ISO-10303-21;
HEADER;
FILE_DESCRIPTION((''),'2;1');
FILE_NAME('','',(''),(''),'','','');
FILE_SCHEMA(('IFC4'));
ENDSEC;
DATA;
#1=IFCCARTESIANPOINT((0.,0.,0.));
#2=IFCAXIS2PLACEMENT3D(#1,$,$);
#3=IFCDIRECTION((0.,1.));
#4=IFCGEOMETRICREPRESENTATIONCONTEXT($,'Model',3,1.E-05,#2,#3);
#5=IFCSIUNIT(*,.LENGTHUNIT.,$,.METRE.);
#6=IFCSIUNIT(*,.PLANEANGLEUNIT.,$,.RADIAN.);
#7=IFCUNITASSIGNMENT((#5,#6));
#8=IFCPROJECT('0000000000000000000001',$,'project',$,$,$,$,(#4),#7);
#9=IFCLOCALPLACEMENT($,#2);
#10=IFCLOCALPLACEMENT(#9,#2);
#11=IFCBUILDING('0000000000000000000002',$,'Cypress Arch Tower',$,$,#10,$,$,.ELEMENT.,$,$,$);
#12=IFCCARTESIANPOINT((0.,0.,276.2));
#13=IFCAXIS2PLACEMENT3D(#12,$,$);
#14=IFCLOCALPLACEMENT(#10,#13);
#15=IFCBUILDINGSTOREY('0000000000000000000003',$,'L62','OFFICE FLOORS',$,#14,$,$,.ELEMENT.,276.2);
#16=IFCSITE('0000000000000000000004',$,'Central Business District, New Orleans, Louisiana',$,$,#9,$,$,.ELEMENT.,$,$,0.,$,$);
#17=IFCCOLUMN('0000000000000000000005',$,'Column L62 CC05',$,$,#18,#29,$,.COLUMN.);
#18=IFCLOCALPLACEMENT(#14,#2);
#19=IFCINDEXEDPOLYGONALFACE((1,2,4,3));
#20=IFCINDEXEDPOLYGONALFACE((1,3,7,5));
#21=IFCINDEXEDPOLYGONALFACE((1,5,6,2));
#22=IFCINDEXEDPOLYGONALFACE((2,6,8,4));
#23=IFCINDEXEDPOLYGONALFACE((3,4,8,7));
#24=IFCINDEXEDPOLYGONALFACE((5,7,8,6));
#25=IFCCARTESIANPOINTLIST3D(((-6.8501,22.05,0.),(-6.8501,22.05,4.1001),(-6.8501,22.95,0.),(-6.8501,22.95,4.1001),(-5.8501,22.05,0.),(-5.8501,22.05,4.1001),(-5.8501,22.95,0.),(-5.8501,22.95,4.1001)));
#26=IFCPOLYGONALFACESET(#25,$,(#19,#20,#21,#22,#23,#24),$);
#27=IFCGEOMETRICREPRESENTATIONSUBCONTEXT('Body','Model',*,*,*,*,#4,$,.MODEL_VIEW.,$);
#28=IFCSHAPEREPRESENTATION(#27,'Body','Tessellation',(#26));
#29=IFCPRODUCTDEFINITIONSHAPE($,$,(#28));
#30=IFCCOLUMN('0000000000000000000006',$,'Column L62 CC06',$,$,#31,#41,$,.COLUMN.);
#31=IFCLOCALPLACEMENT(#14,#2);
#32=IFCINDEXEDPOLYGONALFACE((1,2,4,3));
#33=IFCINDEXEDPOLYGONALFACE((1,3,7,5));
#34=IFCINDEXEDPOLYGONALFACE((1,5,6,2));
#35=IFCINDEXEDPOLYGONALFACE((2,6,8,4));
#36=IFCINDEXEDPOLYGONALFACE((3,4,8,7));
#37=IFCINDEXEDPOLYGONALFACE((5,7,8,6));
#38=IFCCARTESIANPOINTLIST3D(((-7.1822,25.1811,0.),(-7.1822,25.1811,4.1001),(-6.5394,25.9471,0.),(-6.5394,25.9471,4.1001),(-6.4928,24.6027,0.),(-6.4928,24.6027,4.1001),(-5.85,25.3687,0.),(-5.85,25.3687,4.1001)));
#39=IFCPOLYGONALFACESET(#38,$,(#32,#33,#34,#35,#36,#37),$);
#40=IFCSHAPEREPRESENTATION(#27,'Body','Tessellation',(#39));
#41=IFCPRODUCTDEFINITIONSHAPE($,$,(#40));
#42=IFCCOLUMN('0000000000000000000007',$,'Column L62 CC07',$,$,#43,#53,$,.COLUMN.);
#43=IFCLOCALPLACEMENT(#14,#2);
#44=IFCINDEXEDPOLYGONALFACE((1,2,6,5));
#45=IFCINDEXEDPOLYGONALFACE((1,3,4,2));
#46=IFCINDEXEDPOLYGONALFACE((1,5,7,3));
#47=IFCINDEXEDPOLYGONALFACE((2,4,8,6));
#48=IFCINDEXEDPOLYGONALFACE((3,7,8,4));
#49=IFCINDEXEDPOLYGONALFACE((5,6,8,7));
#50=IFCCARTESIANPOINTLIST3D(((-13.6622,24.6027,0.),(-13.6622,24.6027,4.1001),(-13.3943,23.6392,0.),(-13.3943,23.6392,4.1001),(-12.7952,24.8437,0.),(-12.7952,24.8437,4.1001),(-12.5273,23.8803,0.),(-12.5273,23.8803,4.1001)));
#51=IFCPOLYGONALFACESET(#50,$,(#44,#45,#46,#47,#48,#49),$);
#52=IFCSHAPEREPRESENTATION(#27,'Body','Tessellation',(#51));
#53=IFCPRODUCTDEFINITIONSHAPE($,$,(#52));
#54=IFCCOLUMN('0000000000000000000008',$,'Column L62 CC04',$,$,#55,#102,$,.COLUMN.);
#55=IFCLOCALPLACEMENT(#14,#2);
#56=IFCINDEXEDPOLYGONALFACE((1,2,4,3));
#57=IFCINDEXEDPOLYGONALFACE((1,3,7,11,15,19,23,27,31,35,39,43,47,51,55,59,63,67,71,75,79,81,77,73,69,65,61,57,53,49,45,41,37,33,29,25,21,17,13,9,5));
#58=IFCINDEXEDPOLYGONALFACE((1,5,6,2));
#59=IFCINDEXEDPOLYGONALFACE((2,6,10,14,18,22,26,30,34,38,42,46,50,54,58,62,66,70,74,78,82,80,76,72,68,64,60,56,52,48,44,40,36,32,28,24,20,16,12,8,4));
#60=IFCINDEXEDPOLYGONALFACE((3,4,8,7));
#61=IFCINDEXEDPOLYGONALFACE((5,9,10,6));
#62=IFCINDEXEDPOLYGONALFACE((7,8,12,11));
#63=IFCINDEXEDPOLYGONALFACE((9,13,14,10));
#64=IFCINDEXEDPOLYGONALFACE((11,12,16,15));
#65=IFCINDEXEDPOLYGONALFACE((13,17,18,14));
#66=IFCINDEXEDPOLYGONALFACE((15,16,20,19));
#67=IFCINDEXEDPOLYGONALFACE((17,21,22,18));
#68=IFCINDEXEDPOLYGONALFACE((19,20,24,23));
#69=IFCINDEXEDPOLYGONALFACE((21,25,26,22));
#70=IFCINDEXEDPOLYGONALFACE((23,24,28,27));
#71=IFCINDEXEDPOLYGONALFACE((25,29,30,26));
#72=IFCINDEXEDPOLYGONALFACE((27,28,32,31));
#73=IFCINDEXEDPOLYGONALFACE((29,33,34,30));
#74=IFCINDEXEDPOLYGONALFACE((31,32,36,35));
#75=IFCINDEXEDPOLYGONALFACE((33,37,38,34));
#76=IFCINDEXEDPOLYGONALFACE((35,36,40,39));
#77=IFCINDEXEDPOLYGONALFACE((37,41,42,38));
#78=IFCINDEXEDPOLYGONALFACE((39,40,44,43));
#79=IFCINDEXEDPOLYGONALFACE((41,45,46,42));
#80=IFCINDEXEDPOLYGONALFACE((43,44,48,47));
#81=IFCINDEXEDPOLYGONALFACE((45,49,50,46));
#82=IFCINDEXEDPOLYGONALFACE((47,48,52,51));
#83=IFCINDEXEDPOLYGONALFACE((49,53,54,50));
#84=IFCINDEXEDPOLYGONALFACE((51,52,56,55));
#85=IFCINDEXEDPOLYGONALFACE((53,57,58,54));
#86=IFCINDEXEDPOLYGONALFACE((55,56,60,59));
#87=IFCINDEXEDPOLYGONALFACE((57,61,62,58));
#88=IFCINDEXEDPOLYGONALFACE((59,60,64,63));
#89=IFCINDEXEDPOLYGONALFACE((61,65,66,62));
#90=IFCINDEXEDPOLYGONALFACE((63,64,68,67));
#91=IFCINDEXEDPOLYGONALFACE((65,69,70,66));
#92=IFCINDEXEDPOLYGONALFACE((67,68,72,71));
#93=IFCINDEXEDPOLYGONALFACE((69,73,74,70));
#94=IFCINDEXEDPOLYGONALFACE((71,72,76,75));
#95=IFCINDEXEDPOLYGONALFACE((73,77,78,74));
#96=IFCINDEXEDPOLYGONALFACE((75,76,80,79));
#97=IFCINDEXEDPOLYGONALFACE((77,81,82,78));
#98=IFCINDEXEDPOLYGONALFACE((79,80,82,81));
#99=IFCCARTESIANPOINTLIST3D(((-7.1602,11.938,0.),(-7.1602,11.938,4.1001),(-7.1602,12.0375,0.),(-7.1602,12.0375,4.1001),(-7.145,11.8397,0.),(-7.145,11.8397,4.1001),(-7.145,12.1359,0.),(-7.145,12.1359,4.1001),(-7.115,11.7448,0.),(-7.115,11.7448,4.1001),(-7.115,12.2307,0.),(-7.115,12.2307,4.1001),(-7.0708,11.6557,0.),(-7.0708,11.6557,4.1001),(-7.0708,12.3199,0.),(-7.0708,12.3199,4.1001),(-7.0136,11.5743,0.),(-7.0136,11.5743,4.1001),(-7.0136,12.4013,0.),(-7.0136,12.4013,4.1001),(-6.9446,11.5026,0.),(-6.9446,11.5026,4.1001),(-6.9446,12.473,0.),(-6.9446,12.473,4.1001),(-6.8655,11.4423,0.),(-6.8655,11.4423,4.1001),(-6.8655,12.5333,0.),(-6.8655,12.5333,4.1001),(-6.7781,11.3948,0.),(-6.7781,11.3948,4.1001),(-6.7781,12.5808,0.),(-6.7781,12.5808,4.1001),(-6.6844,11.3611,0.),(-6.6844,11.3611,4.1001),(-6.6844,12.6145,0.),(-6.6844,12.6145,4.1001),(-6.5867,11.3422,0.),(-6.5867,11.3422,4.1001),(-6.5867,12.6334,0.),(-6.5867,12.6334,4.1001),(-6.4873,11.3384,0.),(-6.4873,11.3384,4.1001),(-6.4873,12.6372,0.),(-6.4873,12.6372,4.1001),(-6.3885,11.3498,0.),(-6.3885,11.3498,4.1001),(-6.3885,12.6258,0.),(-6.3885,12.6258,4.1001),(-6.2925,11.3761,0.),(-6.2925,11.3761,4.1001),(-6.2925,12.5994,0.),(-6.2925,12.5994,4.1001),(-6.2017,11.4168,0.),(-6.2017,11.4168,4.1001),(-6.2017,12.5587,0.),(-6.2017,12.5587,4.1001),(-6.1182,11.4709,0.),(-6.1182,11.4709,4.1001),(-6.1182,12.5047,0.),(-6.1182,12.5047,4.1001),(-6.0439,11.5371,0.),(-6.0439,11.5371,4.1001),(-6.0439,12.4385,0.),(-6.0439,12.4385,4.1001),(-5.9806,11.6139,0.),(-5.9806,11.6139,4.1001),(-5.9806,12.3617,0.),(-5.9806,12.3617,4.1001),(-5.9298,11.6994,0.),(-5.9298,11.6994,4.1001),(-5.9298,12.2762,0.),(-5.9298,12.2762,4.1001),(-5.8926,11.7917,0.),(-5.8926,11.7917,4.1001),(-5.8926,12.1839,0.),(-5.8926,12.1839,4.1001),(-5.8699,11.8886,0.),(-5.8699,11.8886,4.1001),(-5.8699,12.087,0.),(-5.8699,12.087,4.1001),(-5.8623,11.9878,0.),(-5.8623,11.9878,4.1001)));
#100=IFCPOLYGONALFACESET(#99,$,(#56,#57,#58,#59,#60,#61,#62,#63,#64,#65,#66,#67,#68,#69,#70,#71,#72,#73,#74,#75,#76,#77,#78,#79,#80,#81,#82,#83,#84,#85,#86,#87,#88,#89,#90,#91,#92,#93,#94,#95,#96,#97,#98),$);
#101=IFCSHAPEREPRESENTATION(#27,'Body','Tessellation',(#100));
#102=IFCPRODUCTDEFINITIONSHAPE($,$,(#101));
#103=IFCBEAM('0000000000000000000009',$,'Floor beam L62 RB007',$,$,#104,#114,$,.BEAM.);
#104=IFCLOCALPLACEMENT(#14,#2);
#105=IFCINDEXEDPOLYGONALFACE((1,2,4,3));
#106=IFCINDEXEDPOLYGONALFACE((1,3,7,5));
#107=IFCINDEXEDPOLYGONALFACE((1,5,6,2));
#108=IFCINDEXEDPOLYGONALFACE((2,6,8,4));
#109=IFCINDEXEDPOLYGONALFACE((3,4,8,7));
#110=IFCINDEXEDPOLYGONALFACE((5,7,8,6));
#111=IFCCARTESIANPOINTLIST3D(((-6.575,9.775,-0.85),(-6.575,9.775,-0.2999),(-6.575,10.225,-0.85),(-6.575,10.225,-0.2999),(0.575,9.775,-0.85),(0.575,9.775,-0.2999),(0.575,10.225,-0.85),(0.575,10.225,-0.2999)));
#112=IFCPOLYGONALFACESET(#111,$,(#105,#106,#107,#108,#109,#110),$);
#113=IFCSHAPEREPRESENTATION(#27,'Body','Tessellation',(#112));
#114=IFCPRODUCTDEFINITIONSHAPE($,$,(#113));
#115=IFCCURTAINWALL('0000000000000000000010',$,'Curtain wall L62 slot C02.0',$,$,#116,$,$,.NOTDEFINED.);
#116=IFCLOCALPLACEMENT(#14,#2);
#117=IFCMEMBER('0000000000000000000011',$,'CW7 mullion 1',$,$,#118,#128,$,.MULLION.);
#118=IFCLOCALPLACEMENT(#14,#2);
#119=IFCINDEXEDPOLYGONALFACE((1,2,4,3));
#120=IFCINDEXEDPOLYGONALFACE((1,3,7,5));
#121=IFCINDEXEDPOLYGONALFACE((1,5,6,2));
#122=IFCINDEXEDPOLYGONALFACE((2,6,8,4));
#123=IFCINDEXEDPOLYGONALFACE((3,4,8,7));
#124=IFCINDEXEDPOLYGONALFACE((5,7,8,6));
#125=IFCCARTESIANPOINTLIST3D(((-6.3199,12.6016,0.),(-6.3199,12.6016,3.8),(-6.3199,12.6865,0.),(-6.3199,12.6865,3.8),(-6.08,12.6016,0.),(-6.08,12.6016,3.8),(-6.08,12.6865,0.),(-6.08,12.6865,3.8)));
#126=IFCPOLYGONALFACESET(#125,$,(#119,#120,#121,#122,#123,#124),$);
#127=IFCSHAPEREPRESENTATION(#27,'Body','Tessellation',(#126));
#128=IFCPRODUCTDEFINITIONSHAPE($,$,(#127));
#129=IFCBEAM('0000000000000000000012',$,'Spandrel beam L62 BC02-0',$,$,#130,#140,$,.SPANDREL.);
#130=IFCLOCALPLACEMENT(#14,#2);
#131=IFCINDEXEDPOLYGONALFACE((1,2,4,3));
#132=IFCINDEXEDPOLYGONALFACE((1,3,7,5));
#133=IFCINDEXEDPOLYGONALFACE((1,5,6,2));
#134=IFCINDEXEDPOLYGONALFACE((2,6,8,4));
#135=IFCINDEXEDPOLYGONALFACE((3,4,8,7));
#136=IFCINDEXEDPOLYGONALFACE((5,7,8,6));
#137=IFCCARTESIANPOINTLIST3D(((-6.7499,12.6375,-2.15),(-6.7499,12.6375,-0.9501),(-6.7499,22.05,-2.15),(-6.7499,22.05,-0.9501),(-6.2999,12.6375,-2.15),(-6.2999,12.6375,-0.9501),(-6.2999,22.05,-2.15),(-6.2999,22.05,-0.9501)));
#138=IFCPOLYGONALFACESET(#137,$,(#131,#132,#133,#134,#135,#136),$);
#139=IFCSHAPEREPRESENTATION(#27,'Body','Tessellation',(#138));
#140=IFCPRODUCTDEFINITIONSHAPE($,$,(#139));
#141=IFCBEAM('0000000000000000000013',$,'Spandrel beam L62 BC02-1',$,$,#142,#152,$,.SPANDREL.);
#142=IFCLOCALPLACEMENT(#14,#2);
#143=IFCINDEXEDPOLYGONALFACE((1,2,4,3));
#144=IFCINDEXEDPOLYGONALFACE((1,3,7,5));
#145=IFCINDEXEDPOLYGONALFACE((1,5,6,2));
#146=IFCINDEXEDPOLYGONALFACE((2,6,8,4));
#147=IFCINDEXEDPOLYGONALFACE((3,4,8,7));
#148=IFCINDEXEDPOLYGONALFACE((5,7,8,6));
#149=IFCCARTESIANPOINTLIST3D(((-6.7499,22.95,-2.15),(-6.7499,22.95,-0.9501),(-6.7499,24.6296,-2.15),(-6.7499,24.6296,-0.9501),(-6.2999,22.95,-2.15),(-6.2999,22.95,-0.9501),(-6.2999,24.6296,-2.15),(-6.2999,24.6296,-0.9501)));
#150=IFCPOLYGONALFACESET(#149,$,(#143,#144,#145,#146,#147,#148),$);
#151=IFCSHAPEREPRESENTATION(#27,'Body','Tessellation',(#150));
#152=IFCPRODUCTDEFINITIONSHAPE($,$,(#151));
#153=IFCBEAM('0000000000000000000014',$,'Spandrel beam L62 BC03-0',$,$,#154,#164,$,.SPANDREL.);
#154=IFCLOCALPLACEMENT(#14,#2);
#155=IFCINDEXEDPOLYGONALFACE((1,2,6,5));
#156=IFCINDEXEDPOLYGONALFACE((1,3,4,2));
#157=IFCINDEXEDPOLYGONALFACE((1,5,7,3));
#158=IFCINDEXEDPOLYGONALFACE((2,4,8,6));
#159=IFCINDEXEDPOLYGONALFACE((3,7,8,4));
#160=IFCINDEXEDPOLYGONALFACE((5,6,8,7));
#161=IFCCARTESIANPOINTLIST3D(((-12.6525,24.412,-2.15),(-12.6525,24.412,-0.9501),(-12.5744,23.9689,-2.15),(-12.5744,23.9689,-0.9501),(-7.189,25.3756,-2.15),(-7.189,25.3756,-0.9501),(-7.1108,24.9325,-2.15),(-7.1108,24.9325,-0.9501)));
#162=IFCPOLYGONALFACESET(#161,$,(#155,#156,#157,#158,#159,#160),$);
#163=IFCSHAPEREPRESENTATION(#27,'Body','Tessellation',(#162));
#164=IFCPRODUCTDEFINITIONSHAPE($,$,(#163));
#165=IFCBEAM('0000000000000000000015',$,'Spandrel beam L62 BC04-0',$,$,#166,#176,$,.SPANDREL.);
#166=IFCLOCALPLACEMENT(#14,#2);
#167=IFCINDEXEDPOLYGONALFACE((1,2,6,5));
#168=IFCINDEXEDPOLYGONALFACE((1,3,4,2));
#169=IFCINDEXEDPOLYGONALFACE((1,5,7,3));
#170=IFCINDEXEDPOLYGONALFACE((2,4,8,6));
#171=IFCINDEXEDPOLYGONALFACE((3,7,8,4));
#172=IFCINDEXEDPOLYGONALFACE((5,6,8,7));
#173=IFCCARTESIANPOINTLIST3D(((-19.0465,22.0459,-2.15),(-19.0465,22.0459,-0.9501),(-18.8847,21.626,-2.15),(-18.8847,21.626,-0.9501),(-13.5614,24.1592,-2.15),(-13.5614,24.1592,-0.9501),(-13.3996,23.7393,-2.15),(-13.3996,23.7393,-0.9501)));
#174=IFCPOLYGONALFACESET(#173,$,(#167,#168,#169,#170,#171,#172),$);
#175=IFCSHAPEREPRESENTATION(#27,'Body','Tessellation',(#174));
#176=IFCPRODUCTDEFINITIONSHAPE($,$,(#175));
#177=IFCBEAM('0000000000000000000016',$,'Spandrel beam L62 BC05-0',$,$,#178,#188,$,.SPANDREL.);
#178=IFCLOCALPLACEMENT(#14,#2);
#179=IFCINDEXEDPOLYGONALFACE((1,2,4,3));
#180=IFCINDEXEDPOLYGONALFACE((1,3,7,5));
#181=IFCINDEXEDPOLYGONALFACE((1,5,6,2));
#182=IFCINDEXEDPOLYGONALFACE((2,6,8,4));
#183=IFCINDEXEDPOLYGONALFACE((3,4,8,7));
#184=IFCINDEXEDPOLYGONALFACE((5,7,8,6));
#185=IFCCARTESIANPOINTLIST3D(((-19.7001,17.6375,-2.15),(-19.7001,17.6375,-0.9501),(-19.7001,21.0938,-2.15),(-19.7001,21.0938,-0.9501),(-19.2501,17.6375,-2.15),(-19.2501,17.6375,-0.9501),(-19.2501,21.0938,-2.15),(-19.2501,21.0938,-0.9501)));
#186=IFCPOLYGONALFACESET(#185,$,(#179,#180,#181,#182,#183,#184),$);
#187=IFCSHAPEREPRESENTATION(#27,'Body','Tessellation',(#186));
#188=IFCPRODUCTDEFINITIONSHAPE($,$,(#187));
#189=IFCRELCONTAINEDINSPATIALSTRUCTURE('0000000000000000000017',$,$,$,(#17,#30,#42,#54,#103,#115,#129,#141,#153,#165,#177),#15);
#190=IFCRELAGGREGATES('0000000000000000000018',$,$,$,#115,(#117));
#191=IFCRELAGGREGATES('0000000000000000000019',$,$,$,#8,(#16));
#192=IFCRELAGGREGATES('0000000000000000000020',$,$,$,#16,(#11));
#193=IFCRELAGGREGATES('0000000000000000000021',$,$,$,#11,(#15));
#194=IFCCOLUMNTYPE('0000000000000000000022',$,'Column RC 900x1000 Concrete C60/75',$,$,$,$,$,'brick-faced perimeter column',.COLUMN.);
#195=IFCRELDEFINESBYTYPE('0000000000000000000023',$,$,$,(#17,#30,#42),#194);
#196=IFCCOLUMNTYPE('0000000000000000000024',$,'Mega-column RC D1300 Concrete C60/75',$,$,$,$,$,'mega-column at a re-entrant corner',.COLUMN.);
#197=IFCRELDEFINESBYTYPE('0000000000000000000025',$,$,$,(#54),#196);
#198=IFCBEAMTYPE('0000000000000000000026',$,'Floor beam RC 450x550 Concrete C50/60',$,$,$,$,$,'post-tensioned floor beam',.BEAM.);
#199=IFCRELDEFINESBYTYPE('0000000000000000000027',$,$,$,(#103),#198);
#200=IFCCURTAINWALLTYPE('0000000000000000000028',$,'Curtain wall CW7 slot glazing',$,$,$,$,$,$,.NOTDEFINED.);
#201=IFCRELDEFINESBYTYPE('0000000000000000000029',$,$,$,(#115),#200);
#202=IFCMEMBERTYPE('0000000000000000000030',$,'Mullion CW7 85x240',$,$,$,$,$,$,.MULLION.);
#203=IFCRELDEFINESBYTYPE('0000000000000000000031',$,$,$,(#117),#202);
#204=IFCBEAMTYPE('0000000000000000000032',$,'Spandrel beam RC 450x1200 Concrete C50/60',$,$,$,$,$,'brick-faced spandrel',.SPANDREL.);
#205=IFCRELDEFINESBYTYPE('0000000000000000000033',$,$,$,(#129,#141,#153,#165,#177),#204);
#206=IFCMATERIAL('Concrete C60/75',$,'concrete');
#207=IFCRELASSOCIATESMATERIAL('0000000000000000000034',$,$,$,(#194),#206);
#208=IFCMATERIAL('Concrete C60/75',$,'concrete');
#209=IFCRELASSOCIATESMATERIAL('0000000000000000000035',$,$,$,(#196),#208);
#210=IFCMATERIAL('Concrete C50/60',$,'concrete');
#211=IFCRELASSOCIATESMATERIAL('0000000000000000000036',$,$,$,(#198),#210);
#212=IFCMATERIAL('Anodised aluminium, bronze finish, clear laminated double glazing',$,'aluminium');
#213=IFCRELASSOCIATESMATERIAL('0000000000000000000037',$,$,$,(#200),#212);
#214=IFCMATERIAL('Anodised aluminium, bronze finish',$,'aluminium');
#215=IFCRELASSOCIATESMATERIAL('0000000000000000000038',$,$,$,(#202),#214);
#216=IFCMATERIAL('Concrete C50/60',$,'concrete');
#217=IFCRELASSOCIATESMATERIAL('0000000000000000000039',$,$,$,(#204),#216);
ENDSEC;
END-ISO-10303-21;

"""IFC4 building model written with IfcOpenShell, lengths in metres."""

from ifc_helpers import new_model, si_unit, direction, frame, origin, origin_2d, place, context, subcontext, project, spatial, rectangle, circle, extrude, material, material_profile, profile_set, type_object, element, aggregate, save


model = new_model("IFC4")

# Units and contexts
model_context = context("Model", 3, precision=1e-05, world=origin(), true_north=direction((0.0, 1.0)))
body_context = subcontext(model_context, "Body", "Model", "MODEL_VIEW")
ifc_project = project(units=[si_unit("LENGTHUNIT", "METRE"), si_unit("PLANEANGLEUNIT", "RADIAN")], contexts=[model_context])

# Site, building, storey
site_placement = place(None, origin())
site = spatial("IfcSite", under=ifc_project, at=site_placement, Name="Central Business District, New Orleans, Louisiana", CompositionType="ELEMENT", RefElevation=0.0)
building_placement = place(site_placement, origin())
building = spatial("IfcBuilding", under=site, at=building_placement, Name="Cypress Arch Tower", CompositionType="ELEMENT")
storey_placement = place(building_placement, frame((0.0, 0.0, 276.2)))
storey = spatial("IfcBuildingStorey", under=building, at=storey_placement, Name="L62", Description="OFFICE FLOORS", CompositionType="ELEMENT", Elevation=276.2)

# Columns
ifc_material_1 = material(Name="Concrete C60/75", Category="concrete")
ifc_material_profile_1 = material_profile(ifc_material_1, rectangle(XDim=0.8999, YDim=1.0, at=origin_2d()), Name="RC 900x1000")
ifc_profile_set_1 = profile_set([ifc_material_profile_1], Name="Concrete C60/75")
column_type_1 = type_object("IfcColumnType", Name="Column RC 900x1000 Concrete C60/75", ElementType="brick-faced perimeter column", PredefinedType="COLUMN", material=ifc_profile_set_1)
for number, where, z_axis, x_axis, name in (
    (1, (-6.3501, 22.5, 0.0), (0.0, 0.0, 1.0), (0.0, 1.0, 0.0), "Column L62 CC05"),
    (2, (-6.5161, 25.2749, 0.0), (0.0, 0.0, 1.0), (-0.766064, 0.642765, 0.0), "Column L62 CC06"),
    (3, (-13.0947, 24.2415, 0.0), (0.0, 0.0, 1.0), (-0.963456, -0.267868, 0.0), "Column L62 CC07"),
):
    element("IfcColumn", number, at=place(storey_placement, frame(where, z_axis=z_axis, x_axis=x_axis)), inside=storey, type_object=column_type_1, Name=name, PredefinedType="COLUMN", context=body_context, shape_type="SweptSolid", body=[
        extrude(rectangle(XDim=0.8999, YDim=1.0, at=origin_2d()), origin(), (0.0, 0.0, 1.0), 4.1001),
    ])
ifc_material_2 = material(Name="Concrete C60/75", Category="concrete")
ifc_material_profile_2 = material_profile(ifc_material_2, circle(Radius=0.6499, at=origin_2d()), Name="RC D1300")
ifc_profile_set_2 = profile_set([ifc_material_profile_2], Name="Concrete C60/75")
column_type_2 = type_object("IfcColumnType", Name="Mega-column RC D1300 Concrete C60/75", ElementType="mega-column at a re-entrant corner", PredefinedType="COLUMN", material=ifc_profile_set_2)
column_placement = place(storey_placement, frame((-6.5122, 11.9878, 0.0), z_axis=(0.0, 0.0, 1.0), x_axis=(1.0, 0.0, 0.0)))
element("IfcColumn", 4, at=column_placement, inside=storey, type_object=column_type_2, Name="Column L62 CC04", PredefinedType="COLUMN", context=body_context, shape_type="SweptSolid", body=[
    extrude(circle(Radius=0.6499, at=origin_2d()), origin(), (0.0, 0.0, 1.0), 4.1001),
])

# Beam
ifc_material_3 = material(Name="Concrete C50/60", Category="concrete")
ifc_material_profile_3 = material_profile(ifc_material_3, rectangle(XDim=0.45, YDim=0.55, at=origin_2d()), Name="RC 450x550")
ifc_profile_set_3 = profile_set([ifc_material_profile_3], Name="Concrete C50/60")
beam_type_1 = type_object("IfcBeamType", Name="Floor beam RC 450x550 Concrete C50/60", ElementType="post-tensioned floor beam", PredefinedType="BEAM", material=ifc_profile_set_3)
beam_1_placement = place(storey_placement, frame((-6.575, 10.0, -0.575), z_axis=(1.0, 0.0, 0.0), x_axis=(0.0, 1.0, 0.0)))
element("IfcBeam", 5, at=beam_1_placement, inside=storey, type_object=beam_type_1, Name="Floor beam L62 RB007", PredefinedType="BEAM", context=body_context, shape_type="SweptSolid", body=[
    extrude(rectangle(XDim=0.45, YDim=0.55, at=origin_2d()), origin(), (0.0, 0.0, 1.0), 7.1499),
])

# Curtain wall, member
ifc_material_4 = material(Name="Anodised aluminium, bronze finish, clear laminated double glazing", Category="aluminium")
curtain_wall_type = type_object("IfcCurtainWallType", Name="Curtain wall CW7 slot glazing", PredefinedType="NOTDEFINED", material=ifc_material_4)
curtain_wall_placement = place(storey_placement, origin())
curtain_wall = element("IfcCurtainWall", 6, at=curtain_wall_placement, inside=storey, type_object=curtain_wall_type, Name="Curtain wall L62 slot C02.0", PredefinedType="NOTDEFINED")
ifc_material_5 = material(Name="Anodised aluminium, bronze finish", Category="aluminium")
ifc_material_profile_4 = material_profile(ifc_material_5, rectangle(XDim=0.24, YDim=0.085, at=origin_2d()), Name="Mullion 85x240")
ifc_profile_set_4 = profile_set([ifc_material_profile_4], Name="Anodised aluminium, bronze finish")
member_type_1 = type_object("IfcMemberType", Name="Mullion CW7 85x240", PredefinedType="MULLION", material=ifc_profile_set_4)
member_1_placement = place(storey_placement, frame((-6.2, 12.644, 0.0), z_axis=(0.0, 0.0, 1.0), x_axis=(-1.0, 0.0, 0.0)))
member_1 = element("IfcMember", 7, at=member_1_placement, type_object=member_type_1, Name="CW7 mullion 1", PredefinedType="MULLION", context=body_context, shape_type="SweptSolid", body=[
    extrude(rectangle(XDim=0.24, YDim=0.085, at=origin_2d()), origin(), (0.0, 0.0, 1.0), 3.8),
])

# Beams
ifc_material_6 = material(Name="Concrete C50/60", Category="concrete")
ifc_material_profile_5 = material_profile(ifc_material_6, rectangle(XDim=0.45, YDim=1.2, at=origin_2d()), Name="RC 450x1200")
ifc_profile_set_5 = profile_set([ifc_material_profile_5], Name="Concrete C50/60")
beam_type_2 = type_object("IfcBeamType", Name="Spandrel beam RC 450x1200 Concrete C50/60", ElementType="brick-faced spandrel", PredefinedType="SPANDREL", material=ifc_profile_set_5)
beam_2_placement = place(storey_placement, frame((-6.5249, 12.6375, -1.55), z_axis=(0.0, 1.0, 0.0), x_axis=(-1.0, 0.0, 0.0)))
element("IfcBeam", 8, at=beam_2_placement, inside=storey, type_object=beam_type_2, Name="Spandrel beam L62 BC02-0", PredefinedType="SPANDREL", context=body_context, shape_type="SweptSolid", body=[
    extrude(rectangle(XDim=0.45, YDim=1.2, at=origin_2d()), origin(), (0.0, 0.0, 1.0), 9.4126),
])
beam_3_placement = place(storey_placement, frame((-6.5249, 22.95, -1.55), z_axis=(0.0, 1.0, 0.0), x_axis=(-1.0, 0.0, 0.0)))
element("IfcBeam", 9, at=beam_3_placement, inside=storey, type_object=beam_type_2, Name="Spandrel beam L62 BC02-1", PredefinedType="SPANDREL", context=body_context, shape_type="SweptSolid", body=[
    extrude(rectangle(XDim=0.45, YDim=1.2, at=origin_2d()), origin(), (0.0, 0.0, 1.0), 1.6797),
])
beam_4_placement = place(storey_placement, frame((-7.1499, 25.1541, -1.55), z_axis=(-0.9848, -0.17369, 0.0), x_axis=(0.17369, -0.9848, 0.0)))
element("IfcBeam", 10, at=beam_4_placement, inside=storey, type_object=beam_type_2, Name="Spandrel beam L62 BC03-0", PredefinedType="SPANDREL", context=body_context, shape_type="SweptSolid", body=[
    extrude(rectangle(XDim=0.45, YDim=1.2, at=origin_2d()), origin(), (0.0, 0.0, 1.0), 5.5479),
])
beam_5_placement = place(storey_placement, frame((-13.4805, 23.9492, -1.55), z_axis=(-0.933139, -0.359516, 0.0), x_axis=(0.359516, -0.933139, 0.0)))
element("IfcBeam", 11, at=beam_5_placement, inside=storey, type_object=beam_type_2, Name="Spandrel beam L62 BC04-0", PredefinedType="SPANDREL", context=body_context, shape_type="SweptSolid", body=[
    extrude(rectangle(XDim=0.45, YDim=1.2, at=origin_2d()), origin(), (0.0, 0.0, 1.0), 5.8782),
])
beam_6_placement = place(storey_placement, frame((-19.4751, 21.0938, -1.55), z_axis=(0.0, -1.0, 0.0), x_axis=(1.0, 0.0, 0.0)))
element("IfcBeam", 12, at=beam_6_placement, inside=storey, type_object=beam_type_2, Name="Spandrel beam L62 BC05-0", PredefinedType="SPANDREL", context=body_context, shape_type="SweptSolid", body=[
    extrude(rectangle(XDim=0.45, YDim=1.2, at=origin_2d()), origin(), (0.0, 0.0, 1.0), 3.4563),
])

aggregate(curtain_wall, [member_1])

save(model, "model.ifc")
